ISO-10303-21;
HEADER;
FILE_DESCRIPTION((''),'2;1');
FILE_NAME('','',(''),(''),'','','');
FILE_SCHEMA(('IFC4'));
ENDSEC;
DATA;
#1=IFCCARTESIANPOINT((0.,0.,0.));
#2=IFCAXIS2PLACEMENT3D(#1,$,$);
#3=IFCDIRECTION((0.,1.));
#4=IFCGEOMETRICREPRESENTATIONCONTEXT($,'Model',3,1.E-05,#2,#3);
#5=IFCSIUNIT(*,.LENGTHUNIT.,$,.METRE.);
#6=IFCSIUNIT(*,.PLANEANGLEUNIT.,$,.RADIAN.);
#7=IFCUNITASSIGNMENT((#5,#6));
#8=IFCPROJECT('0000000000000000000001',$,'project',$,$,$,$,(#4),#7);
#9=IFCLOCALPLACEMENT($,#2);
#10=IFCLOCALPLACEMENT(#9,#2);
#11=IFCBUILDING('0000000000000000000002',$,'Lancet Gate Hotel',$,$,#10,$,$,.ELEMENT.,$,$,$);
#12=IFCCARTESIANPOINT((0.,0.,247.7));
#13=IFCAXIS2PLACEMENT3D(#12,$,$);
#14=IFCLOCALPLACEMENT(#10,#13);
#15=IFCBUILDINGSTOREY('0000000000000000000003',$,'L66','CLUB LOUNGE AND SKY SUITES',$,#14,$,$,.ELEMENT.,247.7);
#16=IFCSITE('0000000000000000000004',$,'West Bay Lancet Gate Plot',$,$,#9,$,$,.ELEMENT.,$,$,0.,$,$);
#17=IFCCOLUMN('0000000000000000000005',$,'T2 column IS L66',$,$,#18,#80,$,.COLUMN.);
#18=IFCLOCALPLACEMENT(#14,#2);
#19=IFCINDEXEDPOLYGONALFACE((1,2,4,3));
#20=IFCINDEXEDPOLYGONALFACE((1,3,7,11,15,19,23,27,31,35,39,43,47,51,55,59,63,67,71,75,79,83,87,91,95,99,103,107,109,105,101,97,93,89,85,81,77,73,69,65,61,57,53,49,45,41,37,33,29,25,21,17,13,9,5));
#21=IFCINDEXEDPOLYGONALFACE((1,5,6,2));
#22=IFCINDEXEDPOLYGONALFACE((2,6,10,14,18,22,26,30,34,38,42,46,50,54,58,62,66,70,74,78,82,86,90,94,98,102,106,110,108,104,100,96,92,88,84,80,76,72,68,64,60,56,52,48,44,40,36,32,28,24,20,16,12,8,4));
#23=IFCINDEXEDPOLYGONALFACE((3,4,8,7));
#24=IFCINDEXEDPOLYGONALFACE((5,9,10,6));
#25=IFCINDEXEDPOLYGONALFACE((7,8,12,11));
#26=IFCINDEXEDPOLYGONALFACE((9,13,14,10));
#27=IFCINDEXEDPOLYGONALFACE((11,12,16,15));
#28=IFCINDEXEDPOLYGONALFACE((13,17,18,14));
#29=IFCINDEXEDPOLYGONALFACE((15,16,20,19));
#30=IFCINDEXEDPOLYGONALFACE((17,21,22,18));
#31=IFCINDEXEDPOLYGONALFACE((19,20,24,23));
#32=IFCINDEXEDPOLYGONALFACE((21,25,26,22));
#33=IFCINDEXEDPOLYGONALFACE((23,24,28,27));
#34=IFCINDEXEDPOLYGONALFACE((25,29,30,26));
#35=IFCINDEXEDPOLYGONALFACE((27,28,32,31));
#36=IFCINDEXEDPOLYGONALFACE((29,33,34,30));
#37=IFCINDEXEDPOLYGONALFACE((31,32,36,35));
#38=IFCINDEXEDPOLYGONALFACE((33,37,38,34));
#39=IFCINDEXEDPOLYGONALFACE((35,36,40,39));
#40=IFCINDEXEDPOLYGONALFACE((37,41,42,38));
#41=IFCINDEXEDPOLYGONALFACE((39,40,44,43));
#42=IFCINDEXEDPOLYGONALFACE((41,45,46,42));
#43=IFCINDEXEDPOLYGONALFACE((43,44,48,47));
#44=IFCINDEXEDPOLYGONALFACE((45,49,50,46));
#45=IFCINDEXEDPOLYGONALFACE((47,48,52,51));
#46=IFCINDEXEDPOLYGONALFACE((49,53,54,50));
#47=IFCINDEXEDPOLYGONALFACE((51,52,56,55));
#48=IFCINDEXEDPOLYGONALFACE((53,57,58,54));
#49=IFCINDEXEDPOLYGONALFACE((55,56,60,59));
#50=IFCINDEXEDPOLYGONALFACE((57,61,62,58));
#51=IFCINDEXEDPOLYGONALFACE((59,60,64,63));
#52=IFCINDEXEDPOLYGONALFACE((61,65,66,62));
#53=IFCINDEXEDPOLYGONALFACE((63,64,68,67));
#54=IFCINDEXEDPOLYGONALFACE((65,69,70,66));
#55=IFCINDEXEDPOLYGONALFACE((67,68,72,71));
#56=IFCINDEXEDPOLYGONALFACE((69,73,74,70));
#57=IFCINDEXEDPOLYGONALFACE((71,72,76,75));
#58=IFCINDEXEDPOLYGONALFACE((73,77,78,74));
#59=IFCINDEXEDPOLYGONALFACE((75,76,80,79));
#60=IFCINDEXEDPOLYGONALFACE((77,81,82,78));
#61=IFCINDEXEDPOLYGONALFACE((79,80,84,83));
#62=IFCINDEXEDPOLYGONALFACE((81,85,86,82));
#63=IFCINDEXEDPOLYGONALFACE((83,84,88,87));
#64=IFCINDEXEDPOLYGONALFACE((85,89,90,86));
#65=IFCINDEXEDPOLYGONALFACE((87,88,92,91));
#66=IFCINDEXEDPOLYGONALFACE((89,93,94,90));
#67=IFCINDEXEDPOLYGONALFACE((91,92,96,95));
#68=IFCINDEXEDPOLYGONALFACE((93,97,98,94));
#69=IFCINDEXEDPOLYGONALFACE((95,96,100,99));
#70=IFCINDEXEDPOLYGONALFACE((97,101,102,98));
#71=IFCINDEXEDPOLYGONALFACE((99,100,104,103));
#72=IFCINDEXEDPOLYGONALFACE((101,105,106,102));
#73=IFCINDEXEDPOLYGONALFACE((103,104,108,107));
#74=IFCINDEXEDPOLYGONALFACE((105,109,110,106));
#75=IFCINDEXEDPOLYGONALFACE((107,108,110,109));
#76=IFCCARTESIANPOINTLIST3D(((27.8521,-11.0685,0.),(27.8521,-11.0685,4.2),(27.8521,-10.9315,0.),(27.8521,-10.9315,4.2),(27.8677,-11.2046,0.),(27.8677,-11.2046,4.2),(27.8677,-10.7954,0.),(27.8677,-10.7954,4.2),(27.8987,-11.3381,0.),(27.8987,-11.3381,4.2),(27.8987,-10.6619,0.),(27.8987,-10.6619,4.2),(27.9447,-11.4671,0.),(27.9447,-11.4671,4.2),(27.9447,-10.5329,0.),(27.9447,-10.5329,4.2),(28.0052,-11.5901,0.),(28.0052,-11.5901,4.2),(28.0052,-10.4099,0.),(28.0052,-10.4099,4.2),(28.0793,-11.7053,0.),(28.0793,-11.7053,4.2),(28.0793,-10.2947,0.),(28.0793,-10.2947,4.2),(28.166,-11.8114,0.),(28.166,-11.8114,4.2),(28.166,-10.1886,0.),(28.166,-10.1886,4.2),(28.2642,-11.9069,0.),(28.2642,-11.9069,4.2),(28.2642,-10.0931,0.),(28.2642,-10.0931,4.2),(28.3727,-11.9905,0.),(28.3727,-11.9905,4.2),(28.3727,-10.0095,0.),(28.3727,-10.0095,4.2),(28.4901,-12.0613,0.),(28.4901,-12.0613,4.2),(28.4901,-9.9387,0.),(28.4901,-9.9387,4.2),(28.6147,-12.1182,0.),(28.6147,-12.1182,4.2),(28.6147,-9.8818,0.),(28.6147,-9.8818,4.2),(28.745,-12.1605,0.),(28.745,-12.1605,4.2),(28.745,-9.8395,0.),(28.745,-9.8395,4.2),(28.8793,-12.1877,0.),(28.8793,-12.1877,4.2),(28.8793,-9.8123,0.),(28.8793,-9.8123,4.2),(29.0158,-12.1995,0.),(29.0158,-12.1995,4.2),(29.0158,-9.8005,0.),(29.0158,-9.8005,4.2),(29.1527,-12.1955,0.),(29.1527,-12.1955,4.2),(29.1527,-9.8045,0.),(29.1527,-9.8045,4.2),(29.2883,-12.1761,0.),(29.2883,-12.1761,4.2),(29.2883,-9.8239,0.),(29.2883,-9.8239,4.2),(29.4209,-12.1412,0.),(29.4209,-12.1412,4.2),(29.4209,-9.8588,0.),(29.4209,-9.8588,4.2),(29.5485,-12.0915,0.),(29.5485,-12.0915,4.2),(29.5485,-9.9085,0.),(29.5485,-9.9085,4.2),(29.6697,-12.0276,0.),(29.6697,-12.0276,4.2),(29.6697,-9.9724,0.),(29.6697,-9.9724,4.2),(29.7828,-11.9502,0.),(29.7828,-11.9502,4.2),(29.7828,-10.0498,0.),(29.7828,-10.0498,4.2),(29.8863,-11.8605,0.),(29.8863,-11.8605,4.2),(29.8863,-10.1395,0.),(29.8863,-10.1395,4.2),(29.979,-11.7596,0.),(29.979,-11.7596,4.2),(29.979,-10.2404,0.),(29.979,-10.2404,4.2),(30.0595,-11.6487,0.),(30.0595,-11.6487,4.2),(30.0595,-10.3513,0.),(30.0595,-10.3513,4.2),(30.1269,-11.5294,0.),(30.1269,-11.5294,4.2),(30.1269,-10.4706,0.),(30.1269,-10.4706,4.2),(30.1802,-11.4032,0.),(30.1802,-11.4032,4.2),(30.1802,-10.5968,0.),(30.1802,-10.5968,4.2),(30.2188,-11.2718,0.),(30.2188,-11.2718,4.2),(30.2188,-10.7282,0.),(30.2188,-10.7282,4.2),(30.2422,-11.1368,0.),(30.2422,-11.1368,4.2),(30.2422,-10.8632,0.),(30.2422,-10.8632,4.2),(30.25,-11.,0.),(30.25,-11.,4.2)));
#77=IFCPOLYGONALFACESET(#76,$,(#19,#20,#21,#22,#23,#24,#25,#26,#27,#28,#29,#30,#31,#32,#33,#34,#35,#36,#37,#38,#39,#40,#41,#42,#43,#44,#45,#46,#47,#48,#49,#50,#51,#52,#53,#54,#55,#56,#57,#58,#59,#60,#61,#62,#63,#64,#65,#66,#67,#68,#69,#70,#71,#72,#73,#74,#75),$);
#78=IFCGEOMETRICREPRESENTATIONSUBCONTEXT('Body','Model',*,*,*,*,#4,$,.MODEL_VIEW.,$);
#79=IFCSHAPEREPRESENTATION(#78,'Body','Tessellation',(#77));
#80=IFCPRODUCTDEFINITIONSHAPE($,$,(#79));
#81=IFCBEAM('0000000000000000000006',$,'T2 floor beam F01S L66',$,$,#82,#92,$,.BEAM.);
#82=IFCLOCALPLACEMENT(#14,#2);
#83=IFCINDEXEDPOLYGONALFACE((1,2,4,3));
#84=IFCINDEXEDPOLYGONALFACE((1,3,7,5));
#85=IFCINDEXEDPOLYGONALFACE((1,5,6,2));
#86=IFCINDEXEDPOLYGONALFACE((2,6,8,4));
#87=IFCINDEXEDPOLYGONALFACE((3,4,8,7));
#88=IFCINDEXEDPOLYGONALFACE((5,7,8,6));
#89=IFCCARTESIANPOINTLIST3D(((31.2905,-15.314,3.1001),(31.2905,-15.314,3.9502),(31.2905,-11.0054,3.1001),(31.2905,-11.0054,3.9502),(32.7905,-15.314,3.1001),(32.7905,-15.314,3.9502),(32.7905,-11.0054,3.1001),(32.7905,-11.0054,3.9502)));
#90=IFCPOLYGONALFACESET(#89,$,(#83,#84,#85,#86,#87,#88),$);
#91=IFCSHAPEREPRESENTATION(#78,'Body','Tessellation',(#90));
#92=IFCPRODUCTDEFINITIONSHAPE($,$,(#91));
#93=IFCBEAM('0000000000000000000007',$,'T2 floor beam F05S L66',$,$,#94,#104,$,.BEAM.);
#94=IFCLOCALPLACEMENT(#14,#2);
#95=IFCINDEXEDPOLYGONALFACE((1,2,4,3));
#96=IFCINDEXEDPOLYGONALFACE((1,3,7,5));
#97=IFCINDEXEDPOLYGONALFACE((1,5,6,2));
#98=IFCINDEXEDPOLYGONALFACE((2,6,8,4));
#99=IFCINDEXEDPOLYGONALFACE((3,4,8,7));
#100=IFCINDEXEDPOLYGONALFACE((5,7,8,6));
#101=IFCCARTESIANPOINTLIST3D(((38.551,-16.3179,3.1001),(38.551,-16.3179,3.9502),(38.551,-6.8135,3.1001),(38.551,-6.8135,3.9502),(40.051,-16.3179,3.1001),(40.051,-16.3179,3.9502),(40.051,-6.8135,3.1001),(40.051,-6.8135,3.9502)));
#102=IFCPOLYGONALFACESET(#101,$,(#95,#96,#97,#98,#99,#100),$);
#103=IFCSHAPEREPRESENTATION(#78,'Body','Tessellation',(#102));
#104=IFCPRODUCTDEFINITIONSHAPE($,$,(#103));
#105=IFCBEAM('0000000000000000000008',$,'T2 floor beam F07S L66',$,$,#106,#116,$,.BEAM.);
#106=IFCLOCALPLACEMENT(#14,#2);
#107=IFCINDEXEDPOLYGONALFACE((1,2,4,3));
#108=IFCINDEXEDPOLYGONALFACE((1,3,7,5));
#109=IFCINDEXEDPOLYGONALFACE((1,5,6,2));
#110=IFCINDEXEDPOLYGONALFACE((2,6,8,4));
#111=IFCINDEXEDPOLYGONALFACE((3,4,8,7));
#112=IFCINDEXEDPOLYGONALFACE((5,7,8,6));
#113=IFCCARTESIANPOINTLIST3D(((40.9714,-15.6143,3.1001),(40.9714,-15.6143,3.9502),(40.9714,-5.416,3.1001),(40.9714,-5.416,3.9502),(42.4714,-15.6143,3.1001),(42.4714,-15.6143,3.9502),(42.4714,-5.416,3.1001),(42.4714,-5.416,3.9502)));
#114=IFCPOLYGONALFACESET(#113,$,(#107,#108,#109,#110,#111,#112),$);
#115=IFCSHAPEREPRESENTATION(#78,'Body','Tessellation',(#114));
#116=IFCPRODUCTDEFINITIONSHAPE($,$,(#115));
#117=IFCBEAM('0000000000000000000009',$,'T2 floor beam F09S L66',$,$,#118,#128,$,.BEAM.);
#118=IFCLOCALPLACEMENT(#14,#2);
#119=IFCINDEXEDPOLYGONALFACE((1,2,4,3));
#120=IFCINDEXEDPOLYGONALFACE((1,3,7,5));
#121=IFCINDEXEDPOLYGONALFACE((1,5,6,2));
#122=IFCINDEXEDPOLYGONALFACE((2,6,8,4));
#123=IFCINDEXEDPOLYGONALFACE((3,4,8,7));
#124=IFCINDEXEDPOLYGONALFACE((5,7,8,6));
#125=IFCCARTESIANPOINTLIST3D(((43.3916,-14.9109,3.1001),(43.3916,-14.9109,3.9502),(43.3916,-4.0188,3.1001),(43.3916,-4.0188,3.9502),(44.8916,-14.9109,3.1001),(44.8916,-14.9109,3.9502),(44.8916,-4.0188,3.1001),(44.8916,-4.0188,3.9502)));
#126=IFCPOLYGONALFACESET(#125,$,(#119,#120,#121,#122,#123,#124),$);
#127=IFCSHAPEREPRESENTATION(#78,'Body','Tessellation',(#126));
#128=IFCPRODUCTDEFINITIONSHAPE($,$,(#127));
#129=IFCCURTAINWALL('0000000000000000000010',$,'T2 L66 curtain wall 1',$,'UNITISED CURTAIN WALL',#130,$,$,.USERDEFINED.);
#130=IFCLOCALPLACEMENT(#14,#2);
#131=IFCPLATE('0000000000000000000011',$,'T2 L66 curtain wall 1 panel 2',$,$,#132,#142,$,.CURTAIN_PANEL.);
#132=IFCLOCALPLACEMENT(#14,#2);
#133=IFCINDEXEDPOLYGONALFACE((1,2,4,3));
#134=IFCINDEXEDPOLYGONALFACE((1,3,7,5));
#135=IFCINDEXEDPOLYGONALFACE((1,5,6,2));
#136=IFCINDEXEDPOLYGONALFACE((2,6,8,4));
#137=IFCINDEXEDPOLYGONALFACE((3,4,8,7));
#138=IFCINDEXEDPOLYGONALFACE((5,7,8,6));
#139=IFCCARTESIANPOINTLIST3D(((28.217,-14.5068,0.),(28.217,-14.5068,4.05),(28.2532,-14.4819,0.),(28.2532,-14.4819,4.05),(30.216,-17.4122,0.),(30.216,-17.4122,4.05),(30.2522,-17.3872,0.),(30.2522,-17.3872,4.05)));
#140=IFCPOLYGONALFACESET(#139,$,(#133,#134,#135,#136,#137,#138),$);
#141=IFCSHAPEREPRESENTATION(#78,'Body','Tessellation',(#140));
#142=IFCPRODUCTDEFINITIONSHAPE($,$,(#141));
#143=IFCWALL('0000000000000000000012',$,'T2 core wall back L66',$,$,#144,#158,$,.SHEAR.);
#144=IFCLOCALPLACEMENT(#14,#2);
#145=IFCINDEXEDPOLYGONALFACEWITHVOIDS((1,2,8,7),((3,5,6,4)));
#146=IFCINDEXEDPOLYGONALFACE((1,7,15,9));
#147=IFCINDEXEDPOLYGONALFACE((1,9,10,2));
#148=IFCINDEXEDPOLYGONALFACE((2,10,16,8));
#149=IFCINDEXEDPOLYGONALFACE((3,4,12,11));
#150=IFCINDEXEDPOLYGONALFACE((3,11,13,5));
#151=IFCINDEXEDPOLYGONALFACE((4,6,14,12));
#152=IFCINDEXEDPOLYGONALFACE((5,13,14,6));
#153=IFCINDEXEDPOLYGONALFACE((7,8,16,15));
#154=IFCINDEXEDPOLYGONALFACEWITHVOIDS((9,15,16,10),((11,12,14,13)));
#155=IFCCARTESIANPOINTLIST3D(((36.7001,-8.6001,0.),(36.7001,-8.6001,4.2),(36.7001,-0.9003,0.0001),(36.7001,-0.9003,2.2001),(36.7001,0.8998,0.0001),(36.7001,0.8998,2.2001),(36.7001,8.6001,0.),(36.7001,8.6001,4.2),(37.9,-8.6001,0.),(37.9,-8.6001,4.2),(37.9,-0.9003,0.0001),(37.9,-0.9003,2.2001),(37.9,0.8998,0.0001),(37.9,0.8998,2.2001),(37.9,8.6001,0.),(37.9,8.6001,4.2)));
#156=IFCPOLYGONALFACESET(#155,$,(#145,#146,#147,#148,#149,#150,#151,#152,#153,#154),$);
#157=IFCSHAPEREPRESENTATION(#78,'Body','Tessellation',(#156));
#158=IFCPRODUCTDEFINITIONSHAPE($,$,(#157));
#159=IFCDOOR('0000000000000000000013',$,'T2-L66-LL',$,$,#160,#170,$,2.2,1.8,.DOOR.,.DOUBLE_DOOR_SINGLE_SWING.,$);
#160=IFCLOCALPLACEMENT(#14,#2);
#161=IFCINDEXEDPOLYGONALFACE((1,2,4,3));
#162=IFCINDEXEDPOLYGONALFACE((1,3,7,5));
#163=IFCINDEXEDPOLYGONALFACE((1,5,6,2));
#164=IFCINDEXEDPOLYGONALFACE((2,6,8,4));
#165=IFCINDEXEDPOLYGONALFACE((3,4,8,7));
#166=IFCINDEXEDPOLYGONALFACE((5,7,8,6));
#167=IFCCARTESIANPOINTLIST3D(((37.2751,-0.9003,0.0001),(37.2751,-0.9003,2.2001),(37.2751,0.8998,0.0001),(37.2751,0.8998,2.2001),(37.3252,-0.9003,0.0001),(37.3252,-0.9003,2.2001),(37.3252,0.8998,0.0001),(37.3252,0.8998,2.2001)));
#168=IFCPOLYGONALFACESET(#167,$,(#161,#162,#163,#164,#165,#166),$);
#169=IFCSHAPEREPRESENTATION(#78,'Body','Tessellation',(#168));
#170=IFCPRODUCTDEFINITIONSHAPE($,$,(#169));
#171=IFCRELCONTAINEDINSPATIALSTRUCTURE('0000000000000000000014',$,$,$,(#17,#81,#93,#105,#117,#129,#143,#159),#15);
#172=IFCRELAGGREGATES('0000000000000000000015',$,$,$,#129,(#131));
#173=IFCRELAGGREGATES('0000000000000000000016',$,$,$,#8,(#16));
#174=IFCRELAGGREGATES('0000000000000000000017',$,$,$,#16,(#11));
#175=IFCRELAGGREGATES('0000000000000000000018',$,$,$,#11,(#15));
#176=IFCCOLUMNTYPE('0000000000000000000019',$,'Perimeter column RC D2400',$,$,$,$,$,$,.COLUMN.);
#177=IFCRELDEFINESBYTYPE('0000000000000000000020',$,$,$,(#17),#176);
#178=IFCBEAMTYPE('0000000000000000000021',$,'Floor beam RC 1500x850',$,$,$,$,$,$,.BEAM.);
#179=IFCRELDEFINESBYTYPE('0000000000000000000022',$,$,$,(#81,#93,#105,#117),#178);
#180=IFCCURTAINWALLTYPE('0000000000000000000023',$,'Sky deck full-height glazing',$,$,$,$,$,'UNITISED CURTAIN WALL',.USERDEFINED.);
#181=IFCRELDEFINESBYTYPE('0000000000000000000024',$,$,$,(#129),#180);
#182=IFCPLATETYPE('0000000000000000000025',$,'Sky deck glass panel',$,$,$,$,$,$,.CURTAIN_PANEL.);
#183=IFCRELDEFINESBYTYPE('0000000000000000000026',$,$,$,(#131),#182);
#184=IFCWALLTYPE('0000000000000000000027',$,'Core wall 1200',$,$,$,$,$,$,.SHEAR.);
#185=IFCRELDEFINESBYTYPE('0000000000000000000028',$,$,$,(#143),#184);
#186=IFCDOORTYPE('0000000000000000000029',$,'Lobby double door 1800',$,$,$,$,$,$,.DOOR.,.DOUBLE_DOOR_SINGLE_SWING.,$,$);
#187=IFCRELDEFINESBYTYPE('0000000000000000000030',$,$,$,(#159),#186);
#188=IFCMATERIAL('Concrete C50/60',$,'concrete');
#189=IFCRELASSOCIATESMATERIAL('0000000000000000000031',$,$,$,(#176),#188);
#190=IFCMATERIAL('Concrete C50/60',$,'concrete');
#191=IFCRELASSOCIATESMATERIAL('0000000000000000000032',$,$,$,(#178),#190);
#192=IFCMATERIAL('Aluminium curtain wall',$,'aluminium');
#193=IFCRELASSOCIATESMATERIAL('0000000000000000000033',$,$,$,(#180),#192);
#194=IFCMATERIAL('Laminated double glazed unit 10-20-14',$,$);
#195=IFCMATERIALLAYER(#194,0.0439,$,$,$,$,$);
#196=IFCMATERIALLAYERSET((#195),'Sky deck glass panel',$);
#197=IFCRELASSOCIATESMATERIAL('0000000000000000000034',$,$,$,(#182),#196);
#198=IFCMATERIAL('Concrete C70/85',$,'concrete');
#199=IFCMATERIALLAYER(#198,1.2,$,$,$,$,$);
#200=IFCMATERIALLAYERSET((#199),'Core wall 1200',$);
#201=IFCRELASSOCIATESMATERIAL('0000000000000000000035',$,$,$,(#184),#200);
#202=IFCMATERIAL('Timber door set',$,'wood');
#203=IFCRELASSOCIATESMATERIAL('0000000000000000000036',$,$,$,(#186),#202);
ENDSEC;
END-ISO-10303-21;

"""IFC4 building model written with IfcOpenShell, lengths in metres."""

from ifc_helpers import new_model, si_unit, direction, frame, frame_2d, origin, origin_2d, place, context, subcontext, project, spatial, rectangle, circle, extrude, material, layer, layer_set, material_profile, profile_set, type_object, element, fill, aggregate, save


model = new_model("IFC4")

# Units and contexts
model_context = context("Model", 3, precision=1e-05, world=origin(), true_north=direction((0.0, 1.0)))
body_context = subcontext(model_context, "Body", "Model", "MODEL_VIEW")
ifc_project = project(units=[si_unit("LENGTHUNIT", "METRE"), si_unit("PLANEANGLEUNIT", "RADIAN")], contexts=[model_context])

# Site, building, storey
site_placement = place(None, origin())
site = spatial("IfcSite", under=ifc_project, at=site_placement, Name="West Bay Lancet Gate Plot", CompositionType="ELEMENT", RefElevation=0.0)
building_placement = place(site_placement, origin())
building = spatial("IfcBuilding", under=site, at=building_placement, Name="Lancet Gate Hotel", CompositionType="ELEMENT")
storey_placement = place(building_placement, frame((0.0, 0.0, 247.7)))
storey = spatial("IfcBuildingStorey", under=building, at=storey_placement, Name="L66", Description="CLUB LOUNGE AND SKY SUITES", CompositionType="ELEMENT", Elevation=247.7)

# Column
ifc_material_1 = material(Name="Concrete C50/60", Category="concrete")
ifc_material_profile_1 = material_profile(ifc_material_1, circle(Radius=1.2, at=origin_2d()), Name="RC D2400")
ifc_profile_set_1 = profile_set([ifc_material_profile_1], Name="Concrete C50/60")
column_type = type_object("IfcColumnType", Name="Perimeter column RC D2400", PredefinedType="COLUMN", material=ifc_profile_set_1)
column_placement = place(storey_placement, frame((29.05, -11.0, 0.0), z_axis=(0.0, 0.0, 1.0), x_axis=(1.0, 0.0, 0.0)))
element("IfcColumn", 1, at=column_placement, inside=storey, type_object=column_type, Name="T2 column IS L66", PredefinedType="COLUMN", context=body_context, shape_type="SweptSolid", body=[
    extrude(circle(Radius=1.2, at=origin_2d()), origin(), (0.0, 0.0, 1.0), 4.2),
])

# Beams
ifc_material_2 = material(Name="Concrete C50/60", Category="concrete")
ifc_material_profile_2 = material_profile(ifc_material_2, rectangle(XDim=1.5, YDim=0.8501, at=origin_2d()), Name="RC 1500x850")
ifc_profile_set_2 = profile_set([ifc_material_profile_2], Name="Concrete C50/60")
beam_type = type_object("IfcBeamType", Name="Floor beam RC 1500x850", PredefinedType="BEAM", material=ifc_profile_set_2)
beam_1_placement = place(storey_placement, frame((32.0405, -15.314, 3.5251), z_axis=(0.0, 1.0, 0.0), x_axis=(-1.0, 0.0, 0.0)))
element("IfcBeam", 2, at=beam_1_placement, inside=storey, type_object=beam_type, Name="T2 floor beam F01S L66", PredefinedType="BEAM", context=body_context, shape_type="SweptSolid", body=[
    extrude(rectangle(XDim=1.5, YDim=0.8501, at=origin_2d()), origin(), (0.0, 0.0, 1.0), 4.3086),
])
beam_2_placement = place(storey_placement, frame((39.301, -16.3179, 3.5251), z_axis=(0.0, 1.0, 0.0), x_axis=(-1.0, 0.0, 0.0)))
element("IfcBeam", 3, at=beam_2_placement, inside=storey, type_object=beam_type, Name="T2 floor beam F05S L66", PredefinedType="BEAM", context=body_context, shape_type="SweptSolid", body=[
    extrude(rectangle(XDim=1.5, YDim=0.8501, at=origin_2d()), origin(), (0.0, 0.0, 1.0), 9.5044),
])
beam_3_placement = place(storey_placement, frame((41.7214, -15.6143, 3.5251), z_axis=(0.0, 1.0, 0.0), x_axis=(-1.0, 0.0, 0.0)))
element("IfcBeam", 4, at=beam_3_placement, inside=storey, type_object=beam_type, Name="T2 floor beam F07S L66", PredefinedType="BEAM", context=body_context, shape_type="SweptSolid", body=[
    extrude(rectangle(XDim=1.5, YDim=0.8501, at=origin_2d()), origin(), (0.0, 0.0, 1.0), 10.1982),
])
beam_4_placement = place(storey_placement, frame((44.1416, -14.9109, 3.5251), z_axis=(0.0, 1.0, 0.0), x_axis=(-1.0, 0.0, 0.0)))
element("IfcBeam", 5, at=beam_4_placement, inside=storey, type_object=beam_type, Name="T2 floor beam F09S L66", PredefinedType="BEAM", context=body_context, shape_type="SweptSolid", body=[
    extrude(rectangle(XDim=1.5, YDim=0.8501, at=origin_2d()), origin(), (0.0, 0.0, 1.0), 10.8921),
])

# Curtain wall, plate
ifc_material_3 = material(Name="Aluminium curtain wall", Category="aluminium")
curtain_wall_type = type_object("IfcCurtainWallType", Name="Sky deck full-height glazing", ElementType="UNITISED CURTAIN WALL", PredefinedType="USERDEFINED", material=ifc_material_3)
curtain_wall_placement = place(storey_placement, origin())
curtain_wall = element("IfcCurtainWall", 6, at=curtain_wall_placement, inside=storey, type_object=curtain_wall_type, Name="T2 L66 curtain wall 1", ObjectType="UNITISED CURTAIN WALL", PredefinedType="USERDEFINED")
ifc_material_4 = material(Name="Laminated double glazed unit 10-20-14")
ifc_layer_1 = layer(ifc_material_4, 0.0439)
ifc_layer_set_1 = layer_set([ifc_layer_1], Name="Sky deck glass panel")
plate_type = type_object("IfcPlateType", Name="Sky deck glass panel", PredefinedType="CURTAIN_PANEL", material=ifc_layer_set_1)
plate_placement = place(storey_placement, frame((29.2346, -15.947, 0.0), z_axis=(0.0, 0.0, 1.0), x_axis=(0.566824, -0.823839, 0.0)))
plate = element("IfcPlate", 7, at=plate_placement, type_object=plate_type, Name="T2 L66 curtain wall 1 panel 2", PredefinedType="CURTAIN_PANEL", context=body_context, shape_type="SweptSolid", body=[
    extrude(rectangle(XDim=3.5266, YDim=0.0439, at=origin_2d()), origin(), (0.0, 0.0, 1.0), 4.05),
])
aggregate(curtain_wall, [plate])

# Wall, opening, door
ifc_material_5 = material(Name="Concrete C70/85", Category="concrete")
ifc_layer_2 = layer(ifc_material_5, 1.2)
ifc_layer_set_2 = layer_set([ifc_layer_2], Name="Core wall 1200")
wall_type_1 = type_object("IfcWallType", Name="Core wall 1200", PredefinedType="SHEAR", material=ifc_layer_set_2)
wall_1_placement = place(storey_placement, frame((37.3, -8.6001, 0.0), z_axis=(0.0, 0.0, 1.0), x_axis=(0.0, 1.0, 0.0)))
wall_1 = element("IfcWall", 8, at=wall_1_placement, inside=storey, type_object=wall_type_1, Name="T2 core wall back L66", PredefinedType="SHEAR", context=body_context, shape_type="SweptSolid", body=[
    extrude(rectangle(XDim=17.2002, YDim=1.2, at=frame_2d((8.6001, 0.0))), origin(), (0.0, 0.0, 1.0), 4.2),
])
opening_1_placement = place(wall_1_placement, frame((7.7, 0.0, 0.0)))
opening_1 = element("IfcOpeningElement", 9, at=opening_1_placement, cuts=wall_1, PredefinedType="OPENING", context=body_context, shape_type="SweptSolid", body=[
    extrude(rectangle(XDim=1.8, YDim=2.2, at=frame_2d((0.8999, 1.1001))), frame((0.0, 0.6099, 0.0), z_axis=(0.0, -1.0, 0.0), x_axis=(1.0, 0.0, 0.0)), (0.0, 0.0, 1.0), 1.22),
])
ifc_material_6 = material(Name="Timber door set", Category="wood")
door_type_1 = type_object("IfcDoorType", Name="Lobby double door 1800", OperationType="DOUBLE_DOOR_SINGLE_SWING", PredefinedType="DOOR", material=ifc_material_6)
door_1_placement = place(opening_1_placement, origin())
door_1 = element("IfcDoor", 10, at=door_1_placement, inside=storey, type_object=door_type_1, Name="T2-L66-LL", OperationType="DOUBLE_DOOR_SINGLE_SWING", OverallHeight=2.2, OverallWidth=1.8, PredefinedType="DOOR", context=body_context, shape_type="SweptSolid", body=[
    extrude(rectangle(XDim=1.8, YDim=2.2, at=frame_2d((0.8999, 1.1001))), frame((0.0, 0.0249, 0.0), z_axis=(0.0, -1.0, 0.0), x_axis=(1.0, 0.0, 0.0)), (0.0, 0.0, 1.0), 0.05),
])
fill(opening_1, door_1)

save(model, "model.ifc")
